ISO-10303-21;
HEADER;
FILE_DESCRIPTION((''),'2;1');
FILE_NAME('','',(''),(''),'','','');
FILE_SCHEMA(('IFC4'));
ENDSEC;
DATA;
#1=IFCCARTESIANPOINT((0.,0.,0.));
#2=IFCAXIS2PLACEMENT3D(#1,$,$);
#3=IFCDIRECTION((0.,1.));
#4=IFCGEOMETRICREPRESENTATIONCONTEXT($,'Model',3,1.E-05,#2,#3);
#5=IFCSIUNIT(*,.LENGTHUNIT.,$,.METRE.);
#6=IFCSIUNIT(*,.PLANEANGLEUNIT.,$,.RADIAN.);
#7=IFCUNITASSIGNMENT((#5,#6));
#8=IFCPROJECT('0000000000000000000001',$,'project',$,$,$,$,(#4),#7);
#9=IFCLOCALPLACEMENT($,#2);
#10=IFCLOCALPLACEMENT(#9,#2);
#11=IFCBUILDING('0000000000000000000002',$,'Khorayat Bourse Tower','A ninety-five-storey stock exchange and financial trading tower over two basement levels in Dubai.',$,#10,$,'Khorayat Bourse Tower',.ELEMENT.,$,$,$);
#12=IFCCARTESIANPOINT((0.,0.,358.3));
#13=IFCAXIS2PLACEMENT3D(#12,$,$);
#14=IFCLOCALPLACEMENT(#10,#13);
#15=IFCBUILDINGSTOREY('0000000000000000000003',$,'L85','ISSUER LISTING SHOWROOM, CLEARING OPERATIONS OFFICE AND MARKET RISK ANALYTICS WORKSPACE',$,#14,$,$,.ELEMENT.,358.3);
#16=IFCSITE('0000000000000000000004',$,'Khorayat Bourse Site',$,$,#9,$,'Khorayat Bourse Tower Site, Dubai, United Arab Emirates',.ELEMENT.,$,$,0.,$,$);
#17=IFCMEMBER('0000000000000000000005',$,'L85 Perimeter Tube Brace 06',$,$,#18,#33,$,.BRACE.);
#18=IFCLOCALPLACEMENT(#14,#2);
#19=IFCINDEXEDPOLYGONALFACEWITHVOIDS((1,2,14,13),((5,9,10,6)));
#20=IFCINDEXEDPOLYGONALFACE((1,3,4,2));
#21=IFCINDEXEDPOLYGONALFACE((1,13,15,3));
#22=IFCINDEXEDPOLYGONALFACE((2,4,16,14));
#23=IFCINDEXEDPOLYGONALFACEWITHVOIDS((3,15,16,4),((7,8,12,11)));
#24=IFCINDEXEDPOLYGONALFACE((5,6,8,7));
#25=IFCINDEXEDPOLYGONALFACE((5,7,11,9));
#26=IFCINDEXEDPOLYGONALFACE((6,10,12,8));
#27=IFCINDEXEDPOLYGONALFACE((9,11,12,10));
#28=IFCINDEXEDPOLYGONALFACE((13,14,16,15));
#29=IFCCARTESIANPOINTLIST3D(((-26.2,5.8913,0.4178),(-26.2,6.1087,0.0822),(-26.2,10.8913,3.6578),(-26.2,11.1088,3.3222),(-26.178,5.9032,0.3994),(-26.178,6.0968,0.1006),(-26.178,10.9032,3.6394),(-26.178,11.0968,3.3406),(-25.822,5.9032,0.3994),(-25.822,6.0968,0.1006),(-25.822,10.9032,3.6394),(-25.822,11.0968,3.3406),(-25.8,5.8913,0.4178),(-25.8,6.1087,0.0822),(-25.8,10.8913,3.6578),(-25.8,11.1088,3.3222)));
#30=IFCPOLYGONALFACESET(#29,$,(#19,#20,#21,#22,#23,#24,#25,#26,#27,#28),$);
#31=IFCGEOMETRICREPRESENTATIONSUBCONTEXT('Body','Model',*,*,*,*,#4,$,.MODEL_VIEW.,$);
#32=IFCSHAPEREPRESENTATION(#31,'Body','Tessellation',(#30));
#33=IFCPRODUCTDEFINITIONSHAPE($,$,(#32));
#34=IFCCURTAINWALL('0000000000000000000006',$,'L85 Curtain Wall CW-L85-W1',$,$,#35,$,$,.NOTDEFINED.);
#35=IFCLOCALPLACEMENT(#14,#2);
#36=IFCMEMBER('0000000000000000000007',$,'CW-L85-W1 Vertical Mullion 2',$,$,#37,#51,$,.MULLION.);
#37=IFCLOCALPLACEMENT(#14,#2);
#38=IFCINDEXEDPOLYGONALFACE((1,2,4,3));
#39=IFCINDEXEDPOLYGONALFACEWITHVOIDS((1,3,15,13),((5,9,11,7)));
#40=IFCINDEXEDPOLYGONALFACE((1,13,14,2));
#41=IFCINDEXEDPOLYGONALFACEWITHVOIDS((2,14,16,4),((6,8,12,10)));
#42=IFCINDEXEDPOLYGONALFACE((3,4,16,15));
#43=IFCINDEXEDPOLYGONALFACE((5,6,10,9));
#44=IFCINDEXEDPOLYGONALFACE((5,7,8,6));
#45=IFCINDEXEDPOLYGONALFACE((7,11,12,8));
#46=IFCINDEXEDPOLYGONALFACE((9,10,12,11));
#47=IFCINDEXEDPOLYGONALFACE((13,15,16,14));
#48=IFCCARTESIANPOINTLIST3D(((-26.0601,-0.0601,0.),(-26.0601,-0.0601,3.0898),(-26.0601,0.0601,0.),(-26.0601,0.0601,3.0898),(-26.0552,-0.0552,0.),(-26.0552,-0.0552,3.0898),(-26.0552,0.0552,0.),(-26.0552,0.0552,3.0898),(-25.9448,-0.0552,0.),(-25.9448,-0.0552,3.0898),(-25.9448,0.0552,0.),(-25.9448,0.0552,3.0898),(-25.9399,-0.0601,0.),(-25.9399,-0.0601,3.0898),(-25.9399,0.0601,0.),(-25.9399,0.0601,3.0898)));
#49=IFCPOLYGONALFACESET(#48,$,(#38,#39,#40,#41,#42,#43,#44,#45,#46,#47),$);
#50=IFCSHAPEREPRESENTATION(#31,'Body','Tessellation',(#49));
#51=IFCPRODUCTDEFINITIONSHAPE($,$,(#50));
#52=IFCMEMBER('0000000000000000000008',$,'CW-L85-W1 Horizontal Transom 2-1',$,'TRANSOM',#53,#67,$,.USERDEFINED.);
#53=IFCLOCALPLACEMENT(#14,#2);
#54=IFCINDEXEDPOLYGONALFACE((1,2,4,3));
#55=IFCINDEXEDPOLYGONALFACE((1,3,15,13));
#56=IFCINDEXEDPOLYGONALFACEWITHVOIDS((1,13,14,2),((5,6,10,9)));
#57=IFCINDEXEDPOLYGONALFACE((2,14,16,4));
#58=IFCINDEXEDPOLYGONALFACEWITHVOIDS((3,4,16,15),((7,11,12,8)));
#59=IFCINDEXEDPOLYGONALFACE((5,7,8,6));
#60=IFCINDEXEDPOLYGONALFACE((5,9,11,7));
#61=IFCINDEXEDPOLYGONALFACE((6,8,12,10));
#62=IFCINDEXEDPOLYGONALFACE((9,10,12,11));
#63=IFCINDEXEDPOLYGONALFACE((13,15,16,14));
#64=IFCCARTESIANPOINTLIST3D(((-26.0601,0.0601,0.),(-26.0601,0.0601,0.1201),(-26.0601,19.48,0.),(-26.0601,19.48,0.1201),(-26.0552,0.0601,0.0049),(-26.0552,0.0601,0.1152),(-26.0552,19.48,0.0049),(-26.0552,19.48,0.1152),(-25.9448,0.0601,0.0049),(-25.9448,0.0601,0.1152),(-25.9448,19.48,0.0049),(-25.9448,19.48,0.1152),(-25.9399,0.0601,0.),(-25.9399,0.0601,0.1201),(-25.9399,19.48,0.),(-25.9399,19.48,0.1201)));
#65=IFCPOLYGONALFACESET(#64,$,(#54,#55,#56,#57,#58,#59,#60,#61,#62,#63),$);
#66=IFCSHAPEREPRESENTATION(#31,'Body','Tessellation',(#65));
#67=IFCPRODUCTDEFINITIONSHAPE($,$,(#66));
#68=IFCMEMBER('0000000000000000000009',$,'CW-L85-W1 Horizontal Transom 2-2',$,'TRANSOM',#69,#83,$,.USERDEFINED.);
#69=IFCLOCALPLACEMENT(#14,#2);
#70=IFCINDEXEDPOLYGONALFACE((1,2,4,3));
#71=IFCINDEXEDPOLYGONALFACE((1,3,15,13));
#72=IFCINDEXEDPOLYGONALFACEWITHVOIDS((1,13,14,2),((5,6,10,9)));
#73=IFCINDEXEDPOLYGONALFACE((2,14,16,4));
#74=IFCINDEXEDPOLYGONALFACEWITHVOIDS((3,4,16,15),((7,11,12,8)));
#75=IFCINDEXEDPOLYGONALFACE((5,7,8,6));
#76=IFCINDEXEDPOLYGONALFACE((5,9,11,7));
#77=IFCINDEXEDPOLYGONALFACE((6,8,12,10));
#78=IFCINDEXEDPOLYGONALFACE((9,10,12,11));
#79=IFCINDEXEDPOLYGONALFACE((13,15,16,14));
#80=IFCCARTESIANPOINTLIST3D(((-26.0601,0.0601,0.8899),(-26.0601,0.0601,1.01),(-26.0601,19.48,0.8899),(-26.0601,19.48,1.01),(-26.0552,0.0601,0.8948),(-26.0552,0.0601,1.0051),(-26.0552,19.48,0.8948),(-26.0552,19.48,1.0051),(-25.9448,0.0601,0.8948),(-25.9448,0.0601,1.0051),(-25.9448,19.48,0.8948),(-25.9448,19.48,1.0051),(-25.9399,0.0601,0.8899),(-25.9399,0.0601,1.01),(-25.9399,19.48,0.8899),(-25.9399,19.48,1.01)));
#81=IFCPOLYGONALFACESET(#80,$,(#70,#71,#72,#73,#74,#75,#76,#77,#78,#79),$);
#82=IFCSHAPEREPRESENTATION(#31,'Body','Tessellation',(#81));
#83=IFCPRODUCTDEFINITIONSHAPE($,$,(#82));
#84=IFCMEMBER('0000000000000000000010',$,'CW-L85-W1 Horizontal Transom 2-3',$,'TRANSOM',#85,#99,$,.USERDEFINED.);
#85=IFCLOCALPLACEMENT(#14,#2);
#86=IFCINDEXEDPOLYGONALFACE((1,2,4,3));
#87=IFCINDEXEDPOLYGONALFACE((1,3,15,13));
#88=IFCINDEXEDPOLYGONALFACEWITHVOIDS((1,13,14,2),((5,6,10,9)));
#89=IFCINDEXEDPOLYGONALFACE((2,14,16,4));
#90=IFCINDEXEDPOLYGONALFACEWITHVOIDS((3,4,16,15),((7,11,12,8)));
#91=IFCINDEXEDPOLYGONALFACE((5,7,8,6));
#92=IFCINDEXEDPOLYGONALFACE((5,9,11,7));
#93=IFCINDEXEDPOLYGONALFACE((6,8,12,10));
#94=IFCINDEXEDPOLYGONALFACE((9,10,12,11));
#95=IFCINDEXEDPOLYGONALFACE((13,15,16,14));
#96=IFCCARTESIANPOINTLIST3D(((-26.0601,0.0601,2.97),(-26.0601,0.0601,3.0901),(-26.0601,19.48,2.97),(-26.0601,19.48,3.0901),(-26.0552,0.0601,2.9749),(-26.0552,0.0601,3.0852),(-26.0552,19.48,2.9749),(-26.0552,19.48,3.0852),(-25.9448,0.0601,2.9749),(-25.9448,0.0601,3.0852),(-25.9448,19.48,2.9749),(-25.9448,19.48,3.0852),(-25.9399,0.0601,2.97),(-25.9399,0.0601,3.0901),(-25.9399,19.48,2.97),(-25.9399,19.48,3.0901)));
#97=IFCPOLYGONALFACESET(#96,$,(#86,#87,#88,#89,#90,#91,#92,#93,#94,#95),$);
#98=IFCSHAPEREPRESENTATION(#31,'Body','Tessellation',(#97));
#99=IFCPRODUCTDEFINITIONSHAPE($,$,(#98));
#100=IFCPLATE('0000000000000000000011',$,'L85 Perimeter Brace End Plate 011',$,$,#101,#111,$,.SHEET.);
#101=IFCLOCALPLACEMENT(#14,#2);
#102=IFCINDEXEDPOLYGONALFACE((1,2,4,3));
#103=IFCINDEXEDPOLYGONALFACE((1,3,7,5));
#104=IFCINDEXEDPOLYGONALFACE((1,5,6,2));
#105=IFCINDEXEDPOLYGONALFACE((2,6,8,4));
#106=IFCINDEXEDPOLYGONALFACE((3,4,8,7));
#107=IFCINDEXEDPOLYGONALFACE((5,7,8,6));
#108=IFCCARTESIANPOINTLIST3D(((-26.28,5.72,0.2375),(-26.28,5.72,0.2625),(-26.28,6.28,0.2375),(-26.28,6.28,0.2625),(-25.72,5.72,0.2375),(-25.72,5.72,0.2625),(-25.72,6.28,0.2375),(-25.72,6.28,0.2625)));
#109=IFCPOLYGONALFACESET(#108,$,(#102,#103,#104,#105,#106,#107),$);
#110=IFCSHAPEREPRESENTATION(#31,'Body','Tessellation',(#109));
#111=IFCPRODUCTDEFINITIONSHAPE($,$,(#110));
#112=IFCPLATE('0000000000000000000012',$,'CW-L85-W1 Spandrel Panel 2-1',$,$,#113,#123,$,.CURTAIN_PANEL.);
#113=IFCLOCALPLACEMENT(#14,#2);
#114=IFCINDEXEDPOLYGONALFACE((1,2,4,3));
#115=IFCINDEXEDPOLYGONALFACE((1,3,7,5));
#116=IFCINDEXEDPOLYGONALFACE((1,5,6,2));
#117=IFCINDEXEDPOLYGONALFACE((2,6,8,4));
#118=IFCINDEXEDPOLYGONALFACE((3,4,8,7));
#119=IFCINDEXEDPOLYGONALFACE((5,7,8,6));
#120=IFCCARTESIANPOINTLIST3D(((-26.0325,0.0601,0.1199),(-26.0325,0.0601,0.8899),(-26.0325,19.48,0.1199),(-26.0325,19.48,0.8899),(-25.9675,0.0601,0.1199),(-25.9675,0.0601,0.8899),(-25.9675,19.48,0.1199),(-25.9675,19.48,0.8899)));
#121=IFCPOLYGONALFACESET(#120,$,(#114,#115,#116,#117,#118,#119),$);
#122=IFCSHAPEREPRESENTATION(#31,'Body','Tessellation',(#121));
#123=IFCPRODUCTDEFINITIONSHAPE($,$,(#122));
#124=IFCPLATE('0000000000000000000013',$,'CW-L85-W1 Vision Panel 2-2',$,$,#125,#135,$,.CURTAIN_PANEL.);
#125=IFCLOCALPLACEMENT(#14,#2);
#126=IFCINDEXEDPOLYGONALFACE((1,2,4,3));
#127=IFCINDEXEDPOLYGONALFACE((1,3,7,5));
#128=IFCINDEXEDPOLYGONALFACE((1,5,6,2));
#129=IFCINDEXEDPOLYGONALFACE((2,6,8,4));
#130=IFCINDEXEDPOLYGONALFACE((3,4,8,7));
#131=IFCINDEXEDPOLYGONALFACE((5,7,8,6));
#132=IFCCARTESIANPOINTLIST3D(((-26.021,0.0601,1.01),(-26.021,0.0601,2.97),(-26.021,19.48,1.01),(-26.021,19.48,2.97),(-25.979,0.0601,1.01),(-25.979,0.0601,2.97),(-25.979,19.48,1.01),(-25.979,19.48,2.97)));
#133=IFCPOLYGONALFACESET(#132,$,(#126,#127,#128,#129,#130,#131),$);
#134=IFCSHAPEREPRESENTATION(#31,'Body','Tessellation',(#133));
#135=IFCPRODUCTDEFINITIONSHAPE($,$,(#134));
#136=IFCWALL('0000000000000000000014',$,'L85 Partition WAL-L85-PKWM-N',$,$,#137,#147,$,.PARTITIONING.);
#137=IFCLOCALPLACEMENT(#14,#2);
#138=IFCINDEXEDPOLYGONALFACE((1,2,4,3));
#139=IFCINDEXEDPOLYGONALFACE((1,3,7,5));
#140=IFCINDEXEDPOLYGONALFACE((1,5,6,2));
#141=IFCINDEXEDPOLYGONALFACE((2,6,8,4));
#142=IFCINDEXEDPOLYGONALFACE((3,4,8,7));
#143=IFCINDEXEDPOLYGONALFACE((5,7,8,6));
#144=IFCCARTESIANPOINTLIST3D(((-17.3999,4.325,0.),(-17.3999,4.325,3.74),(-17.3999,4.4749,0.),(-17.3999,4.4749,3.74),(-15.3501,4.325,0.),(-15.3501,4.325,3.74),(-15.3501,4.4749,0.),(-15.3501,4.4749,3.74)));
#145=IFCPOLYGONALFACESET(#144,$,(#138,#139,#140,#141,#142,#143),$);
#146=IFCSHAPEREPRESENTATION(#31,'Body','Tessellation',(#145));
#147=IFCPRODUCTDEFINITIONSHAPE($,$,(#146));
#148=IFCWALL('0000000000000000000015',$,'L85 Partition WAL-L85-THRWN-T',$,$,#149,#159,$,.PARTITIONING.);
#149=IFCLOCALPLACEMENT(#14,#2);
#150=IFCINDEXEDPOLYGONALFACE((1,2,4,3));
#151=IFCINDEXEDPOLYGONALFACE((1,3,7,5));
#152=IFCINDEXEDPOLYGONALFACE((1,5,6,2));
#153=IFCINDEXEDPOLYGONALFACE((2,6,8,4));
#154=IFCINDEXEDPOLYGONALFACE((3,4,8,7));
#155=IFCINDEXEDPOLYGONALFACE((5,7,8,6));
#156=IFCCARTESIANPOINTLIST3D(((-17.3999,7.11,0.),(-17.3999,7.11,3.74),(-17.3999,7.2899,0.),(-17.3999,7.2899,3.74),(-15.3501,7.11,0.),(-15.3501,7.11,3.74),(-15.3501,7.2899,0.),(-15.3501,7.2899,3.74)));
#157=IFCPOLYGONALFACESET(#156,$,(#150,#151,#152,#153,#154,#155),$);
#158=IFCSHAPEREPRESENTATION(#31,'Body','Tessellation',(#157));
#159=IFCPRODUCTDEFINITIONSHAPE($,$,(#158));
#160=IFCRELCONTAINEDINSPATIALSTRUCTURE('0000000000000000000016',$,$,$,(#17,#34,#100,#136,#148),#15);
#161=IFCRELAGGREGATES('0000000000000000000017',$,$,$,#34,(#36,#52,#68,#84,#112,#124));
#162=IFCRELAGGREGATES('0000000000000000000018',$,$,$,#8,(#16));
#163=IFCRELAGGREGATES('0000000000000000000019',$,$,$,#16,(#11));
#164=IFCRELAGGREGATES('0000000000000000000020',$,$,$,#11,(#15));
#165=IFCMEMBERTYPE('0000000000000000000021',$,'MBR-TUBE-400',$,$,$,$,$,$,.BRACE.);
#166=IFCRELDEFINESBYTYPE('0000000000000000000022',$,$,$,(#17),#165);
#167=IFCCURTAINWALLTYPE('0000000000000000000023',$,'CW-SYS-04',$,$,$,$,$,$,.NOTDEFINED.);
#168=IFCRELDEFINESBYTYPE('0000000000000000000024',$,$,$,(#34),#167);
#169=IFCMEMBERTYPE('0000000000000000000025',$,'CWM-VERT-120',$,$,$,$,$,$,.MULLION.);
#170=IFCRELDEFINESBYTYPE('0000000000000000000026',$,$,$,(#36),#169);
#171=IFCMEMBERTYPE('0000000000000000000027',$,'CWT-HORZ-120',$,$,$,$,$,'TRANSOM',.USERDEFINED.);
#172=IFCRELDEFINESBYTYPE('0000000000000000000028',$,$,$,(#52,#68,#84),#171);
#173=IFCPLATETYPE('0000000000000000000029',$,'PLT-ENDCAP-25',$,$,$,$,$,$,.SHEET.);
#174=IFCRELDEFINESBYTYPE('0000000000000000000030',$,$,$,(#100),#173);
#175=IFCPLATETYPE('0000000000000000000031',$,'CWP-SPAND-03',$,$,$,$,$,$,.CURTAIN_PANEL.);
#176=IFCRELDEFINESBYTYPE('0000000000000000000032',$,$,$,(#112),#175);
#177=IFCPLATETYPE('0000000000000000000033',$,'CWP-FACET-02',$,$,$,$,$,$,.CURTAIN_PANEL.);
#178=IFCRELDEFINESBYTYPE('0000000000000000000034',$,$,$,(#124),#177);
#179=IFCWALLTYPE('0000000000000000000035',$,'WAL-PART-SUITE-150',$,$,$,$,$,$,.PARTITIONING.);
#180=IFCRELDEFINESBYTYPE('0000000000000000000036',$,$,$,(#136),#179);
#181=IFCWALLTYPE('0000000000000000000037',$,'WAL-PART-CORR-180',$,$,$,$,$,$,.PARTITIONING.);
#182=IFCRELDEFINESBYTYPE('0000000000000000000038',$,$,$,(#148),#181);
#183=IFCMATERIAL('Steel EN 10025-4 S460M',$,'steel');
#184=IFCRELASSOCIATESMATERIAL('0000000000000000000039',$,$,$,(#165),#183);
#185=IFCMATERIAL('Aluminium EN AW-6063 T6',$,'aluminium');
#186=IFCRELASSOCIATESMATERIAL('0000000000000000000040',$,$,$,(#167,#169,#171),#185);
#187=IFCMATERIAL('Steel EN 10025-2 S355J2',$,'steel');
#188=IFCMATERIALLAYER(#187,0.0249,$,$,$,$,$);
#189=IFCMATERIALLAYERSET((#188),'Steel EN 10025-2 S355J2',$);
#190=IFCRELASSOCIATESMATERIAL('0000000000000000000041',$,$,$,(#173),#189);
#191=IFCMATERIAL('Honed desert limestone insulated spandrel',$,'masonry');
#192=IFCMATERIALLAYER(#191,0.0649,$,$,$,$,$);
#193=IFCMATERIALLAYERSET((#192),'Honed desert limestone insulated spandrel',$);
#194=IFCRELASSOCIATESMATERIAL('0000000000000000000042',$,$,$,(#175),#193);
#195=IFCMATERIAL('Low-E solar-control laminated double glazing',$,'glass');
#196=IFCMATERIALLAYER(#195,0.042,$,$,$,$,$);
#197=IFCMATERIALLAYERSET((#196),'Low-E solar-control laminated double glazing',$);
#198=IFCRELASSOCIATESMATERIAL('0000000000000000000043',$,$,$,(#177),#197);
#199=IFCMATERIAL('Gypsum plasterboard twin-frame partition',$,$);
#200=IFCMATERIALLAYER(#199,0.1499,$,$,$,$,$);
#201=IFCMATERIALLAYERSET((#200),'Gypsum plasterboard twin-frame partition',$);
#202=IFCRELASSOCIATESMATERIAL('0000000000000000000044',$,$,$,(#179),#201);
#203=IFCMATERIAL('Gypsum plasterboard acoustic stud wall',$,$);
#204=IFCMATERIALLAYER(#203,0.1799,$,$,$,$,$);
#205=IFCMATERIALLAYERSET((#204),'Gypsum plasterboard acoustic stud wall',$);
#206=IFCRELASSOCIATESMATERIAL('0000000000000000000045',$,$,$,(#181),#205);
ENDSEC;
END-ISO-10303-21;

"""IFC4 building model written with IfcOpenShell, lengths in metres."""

from ifc_helpers import new_model, si_unit, direction, frame, frame_2d, origin, origin_2d, place, context, subcontext, project, spatial, rectangle, hollow_rectangle, extrude, source, transform, mapped, material, layer, layer_set, material_profile, profile_set, type_object, element, aggregate, save


model = new_model("IFC4")

# Units and contexts
model_context = context("Model", 3, precision=1e-05, world=origin(), true_north=direction((0.0, 1.0)))
body_context = subcontext(model_context, "Body", "Model", "MODEL_VIEW")
ifc_project = project(units=[si_unit("LENGTHUNIT", "METRE"), si_unit("PLANEANGLEUNIT", "RADIAN")], contexts=[model_context])

# Site, building, storey
site_placement = place(None, origin())
site = spatial("IfcSite", under=ifc_project, at=site_placement, Name="Khorayat Bourse Site", LongName="Khorayat Bourse Tower Site, Dubai, United Arab Emirates", CompositionType="ELEMENT", RefElevation=0.0)
building_placement = place(site_placement, origin())
building = spatial("IfcBuilding", under=site, at=building_placement, Name="Khorayat Bourse Tower", Description="A ninety-five-storey stock exchange and financial trading tower over two basement levels in Dubai.", LongName="Khorayat Bourse Tower", CompositionType="ELEMENT")
storey_placement = place(building_placement, frame((0.0, 0.0, 358.3)))
storey = spatial("IfcBuildingStorey", under=building, at=storey_placement, Name="L85", Description="ISSUER LISTING SHOWROOM, CLEARING OPERATIONS OFFICE AND MARKET RISK ANALYTICS WORKSPACE", CompositionType="ELEMENT", Elevation=358.3)

# Shared definitions
ifc_material_1 = material(Name="Steel EN 10025-2 S355J2", Category="steel")

# Member
ifc_material_2 = material(Name="Steel EN 10025-4 S460M", Category="steel")
ifc_material_profile_1 = material_profile(ifc_material_2, hollow_rectangle(XDim=0.3999, YDim=0.3999, WallThickness=0.022, at=origin_2d()), Name="HSS 400x400x22")
ifc_profile_set_1 = profile_set([ifc_material_profile_1], Name="Steel EN 10025-4 S460M")
member_type_1 = type_object("IfcMemberType", Name="MBR-TUBE-400", PredefinedType="BRACE", material=ifc_profile_set_1)
shared_shape_1 = source(origin(), body_context, "Body", "SweptSolid", [
    extrude(hollow_rectangle(XDim=0.3999, YDim=0.3999, WallThickness=0.022, at=origin_2d()), origin(), (0.0, 0.0, 1.0), 5.958),
])
member_1_placement = place(storey_placement, frame((-26.0, 6.0, 0.25), z_axis=(0.0, 0.83921, 0.543807), x_axis=(-1.0, 0.0, 0.0)))
element("IfcMember", 1, at=member_1_placement, inside=storey, type_object=member_type_1, Name="L85 Perimeter Tube Brace 06", PredefinedType="BRACE", context=body_context, shape_type="MappedRepresentation", body=[
    mapped(shared_shape_1, transform((0.0, 0.0, 0.0), scale=1.0)),
])

# Curtain wall, members
ifc_material_3 = material(Name="Aluminium EN AW-6063 T6", Category="aluminium")
curtain_wall_type = type_object("IfcCurtainWallType", Name="CW-SYS-04", PredefinedType="NOTDEFINED", material=ifc_material_3)
curtain_wall_placement = place(storey_placement, origin())
curtain_wall = element("IfcCurtainWall", 2, at=curtain_wall_placement, inside=storey, type_object=curtain_wall_type, Name="L85 Curtain Wall CW-L85-W1", PredefinedType="NOTDEFINED")
ifc_material_profile_2 = material_profile(ifc_material_3, hollow_rectangle(XDim=0.1201, YDim=0.1201, WallThickness=0.0049, at=origin_2d()), Name="ALU 120x120x5")
ifc_profile_set_2 = profile_set([ifc_material_profile_2], Name="Aluminium EN AW-6063 T6")
member_type_2 = type_object("IfcMemberType", Name="CWM-VERT-120", PredefinedType="MULLION", material=ifc_profile_set_2)
shared_shape_2 = source(origin(), body_context, "Body", "SweptSolid", [
    extrude(hollow_rectangle(XDim=0.1201, YDim=0.1201, WallThickness=0.0049, at=origin_2d()), origin(), (0.0, 0.0, 1.0), 3.0898),
])
member_2_placement = place(storey_placement, frame((-26.0, 0.0, 0.0), z_axis=(0.0, 0.0, 1.0), x_axis=(-1.0, 0.0, 0.0)))
member_2 = element("IfcMember", 3, at=member_2_placement, type_object=member_type_2, Name="CW-L85-W1 Vertical Mullion 2", PredefinedType="MULLION", context=body_context, shape_type="MappedRepresentation", body=[
    mapped(shared_shape_2, transform((0.0, 0.0, 0.0), scale=1.0)),
])
ifc_material_profile_3 = material_profile(ifc_material_3, hollow_rectangle(XDim=0.1201, YDim=0.1201, WallThickness=0.0049, at=origin_2d()), Name="ALU 120x120x5")
ifc_profile_set_3 = profile_set([ifc_material_profile_3], Name="Aluminium EN AW-6063 T6")
member_type_3 = type_object("IfcMemberType", Name="CWT-HORZ-120", ElementType="TRANSOM", PredefinedType="USERDEFINED", material=ifc_profile_set_3)
shared_shape_3 = source(origin(), body_context, "Body", "SweptSolid", [
    extrude(hollow_rectangle(XDim=0.1201, YDim=0.1201, WallThickness=0.0049, at=origin_2d()), origin(), (0.0, 0.0, 1.0), 19.4199),
])
member_3_placement = place(storey_placement, frame((-26.0, 0.0601, 0.0601), z_axis=(0.0, 1.0, 0.0), x_axis=(-1.0, 0.0, 0.0)))
member_3 = element("IfcMember", 4, at=member_3_placement, type_object=member_type_3, Name="CW-L85-W1 Horizontal Transom 2-1", ObjectType="TRANSOM", PredefinedType="USERDEFINED", context=body_context, shape_type="MappedRepresentation", body=[
    mapped(shared_shape_3, transform((0.0, 0.0, 0.0), scale=1.0)),
])
member_4_placement = place(storey_placement, frame((-26.0, 0.0601, 0.95), z_axis=(0.0, 1.0, 0.0), x_axis=(-1.0, 0.0, 0.0)))
member_4 = element("IfcMember", 5, at=member_4_placement, type_object=member_type_3, Name="CW-L85-W1 Horizontal Transom 2-2", ObjectType="TRANSOM", PredefinedType="USERDEFINED", context=body_context, shape_type="MappedRepresentation", body=[
    mapped(shared_shape_3, transform((0.0, 0.0, 0.0), scale=1.0)),
])
member_5_placement = place(storey_placement, frame((-26.0, 0.0601, 3.03), z_axis=(0.0, 1.0, 0.0), x_axis=(-1.0, 0.0, 0.0)))
member_5 = element("IfcMember", 6, at=member_5_placement, type_object=member_type_3, Name="CW-L85-W1 Horizontal Transom 2-3", ObjectType="TRANSOM", PredefinedType="USERDEFINED", context=body_context, shape_type="MappedRepresentation", body=[
    mapped(shared_shape_3, transform((0.0, 0.0, 0.0), scale=1.0)),
])

# Plates
ifc_layer_1 = layer(ifc_material_1, 0.0249)
ifc_layer_set_1 = layer_set([ifc_layer_1], Name="Steel EN 10025-2 S355J2")
plate_type_1 = type_object("IfcPlateType", Name="PLT-ENDCAP-25", PredefinedType="SHEET", material=ifc_layer_set_1)
shared_shape_4 = source(origin(), body_context, "Body", "SweptSolid", [
    extrude(rectangle(XDim=0.5601, YDim=0.5601, at=origin_2d()), origin(), (0.0, 0.0, 1.0), 0.0249),
])
plate_1_placement = place(storey_placement, frame((-26.0, 6.0, 0.2375), z_axis=(0.0, 0.0, 1.0), x_axis=(1.0, 0.0, 0.0)))
element("IfcPlate", 7, at=plate_1_placement, inside=storey, type_object=plate_type_1, Name="L85 Perimeter Brace End Plate 011", PredefinedType="SHEET", context=body_context, shape_type="MappedRepresentation", body=[
    mapped(shared_shape_4, transform((0.0, 0.0, 0.0), scale=1.0)),
])
ifc_material_4 = material(Name="Honed desert limestone insulated spandrel", Category="masonry")
ifc_layer_2 = layer(ifc_material_4, 0.0649)
ifc_layer_set_2 = layer_set([ifc_layer_2], Name="Honed desert limestone insulated spandrel")
plate_type_2 = type_object("IfcPlateType", Name="CWP-SPAND-03", PredefinedType="CURTAIN_PANEL", material=ifc_layer_set_2)
shared_shape_5 = source(origin(), body_context, "Body", "SweptSolid", [
    extrude(rectangle(XDim=19.4199, YDim=0.0649, at=origin_2d()), origin(), (0.0, 0.0, 1.0), 0.77),
])
plate_2_placement = place(storey_placement, frame((-26.0, 9.77, 0.1199), z_axis=(0.0, 0.0, 1.0), x_axis=(0.0, 1.0, 0.0)))
plate_2 = element("IfcPlate", 8, at=plate_2_placement, type_object=plate_type_2, Name="CW-L85-W1 Spandrel Panel 2-1", PredefinedType="CURTAIN_PANEL", context=body_context, shape_type="MappedRepresentation", body=[
    mapped(shared_shape_5, transform((0.0, 0.0, 0.0), scale=1.0)),
])
ifc_material_5 = material(Name="Low-E solar-control laminated double glazing", Category="glass")
ifc_layer_3 = layer(ifc_material_5, 0.042)
ifc_layer_set_3 = layer_set([ifc_layer_3], Name="Low-E solar-control laminated double glazing")
plate_type_3 = type_object("IfcPlateType", Name="CWP-FACET-02", PredefinedType="CURTAIN_PANEL", material=ifc_layer_set_3)
shared_shape_6 = source(origin(), body_context, "Body", "SweptSolid", [
    extrude(rectangle(XDim=19.4199, YDim=0.042, at=origin_2d()), origin(), (0.0, 0.0, 1.0), 1.96),
])
plate_3_placement = place(storey_placement, frame((-26.0, 9.77, 1.01), z_axis=(0.0, 0.0, 1.0), x_axis=(0.0, 1.0, 0.0)))
plate_3 = element("IfcPlate", 9, at=plate_3_placement, type_object=plate_type_3, Name="CW-L85-W1 Vision Panel 2-2", PredefinedType="CURTAIN_PANEL", context=body_context, shape_type="MappedRepresentation", body=[
    mapped(shared_shape_6, transform((0.0, 0.0, 0.0), scale=1.0)),
])
aggregate(curtain_wall, [member_2, member_3, member_4, member_5, plate_2, plate_3])

# Walls
ifc_material_6 = material(Name="Gypsum plasterboard twin-frame partition")
ifc_layer_4 = layer(ifc_material_6, 0.1499)
ifc_layer_set_4 = layer_set([ifc_layer_4], Name="Gypsum plasterboard twin-frame partition")
wall_type_1 = type_object("IfcWallType", Name="WAL-PART-SUITE-150", PredefinedType="PARTITIONING", material=ifc_layer_set_4)
shared_shape_7 = source(origin(), body_context, "Body", "SweptSolid", [
    extrude(rectangle(XDim=2.0498, YDim=0.1499, at=frame_2d((1.0249, 0.0))), origin(), (0.0, 0.0, 1.0), 3.74),
])
wall_1_placement = place(storey_placement, frame((-17.3999, 4.3999, 0.0), z_axis=(0.0, 0.0, 1.0), x_axis=(1.0, 0.0, 0.0)))
element("IfcWall", 10, at=wall_1_placement, inside=storey, type_object=wall_type_1, Name="L85 Partition WAL-L85-PKWM-N", PredefinedType="PARTITIONING", context=body_context, shape_type="MappedRepresentation", body=[
    mapped(shared_shape_7, transform((0.0, 0.0, 0.0), scale=1.0)),
])
ifc_material_7 = material(Name="Gypsum plasterboard acoustic stud wall")
ifc_layer_5 = layer(ifc_material_7, 0.1799)
ifc_layer_set_5 = layer_set([ifc_layer_5], Name="Gypsum plasterboard acoustic stud wall")
wall_type_2 = type_object("IfcWallType", Name="WAL-PART-CORR-180", PredefinedType="PARTITIONING", material=ifc_layer_set_5)
shared_shape_8 = source(origin(), body_context, "Body", "SweptSolid", [
    extrude(rectangle(XDim=2.0498, YDim=0.1799, at=frame_2d((1.0249, 0.0))), origin(), (0.0, 0.0, 1.0), 3.74),
])
wall_2_placement = place(storey_placement, frame((-17.3999, 7.2, 0.0), z_axis=(0.0, 0.0, 1.0), x_axis=(1.0, 0.0, 0.0)))
element("IfcWall", 11, at=wall_2_placement, inside=storey, type_object=wall_type_2, Name="L85 Partition WAL-L85-THRWN-T", PredefinedType="PARTITIONING", context=body_context, shape_type="MappedRepresentation", body=[
    mapped(shared_shape_8, transform((0.0, 0.0, 0.0), scale=1.0)),
])

save(model, "model.ifc")
